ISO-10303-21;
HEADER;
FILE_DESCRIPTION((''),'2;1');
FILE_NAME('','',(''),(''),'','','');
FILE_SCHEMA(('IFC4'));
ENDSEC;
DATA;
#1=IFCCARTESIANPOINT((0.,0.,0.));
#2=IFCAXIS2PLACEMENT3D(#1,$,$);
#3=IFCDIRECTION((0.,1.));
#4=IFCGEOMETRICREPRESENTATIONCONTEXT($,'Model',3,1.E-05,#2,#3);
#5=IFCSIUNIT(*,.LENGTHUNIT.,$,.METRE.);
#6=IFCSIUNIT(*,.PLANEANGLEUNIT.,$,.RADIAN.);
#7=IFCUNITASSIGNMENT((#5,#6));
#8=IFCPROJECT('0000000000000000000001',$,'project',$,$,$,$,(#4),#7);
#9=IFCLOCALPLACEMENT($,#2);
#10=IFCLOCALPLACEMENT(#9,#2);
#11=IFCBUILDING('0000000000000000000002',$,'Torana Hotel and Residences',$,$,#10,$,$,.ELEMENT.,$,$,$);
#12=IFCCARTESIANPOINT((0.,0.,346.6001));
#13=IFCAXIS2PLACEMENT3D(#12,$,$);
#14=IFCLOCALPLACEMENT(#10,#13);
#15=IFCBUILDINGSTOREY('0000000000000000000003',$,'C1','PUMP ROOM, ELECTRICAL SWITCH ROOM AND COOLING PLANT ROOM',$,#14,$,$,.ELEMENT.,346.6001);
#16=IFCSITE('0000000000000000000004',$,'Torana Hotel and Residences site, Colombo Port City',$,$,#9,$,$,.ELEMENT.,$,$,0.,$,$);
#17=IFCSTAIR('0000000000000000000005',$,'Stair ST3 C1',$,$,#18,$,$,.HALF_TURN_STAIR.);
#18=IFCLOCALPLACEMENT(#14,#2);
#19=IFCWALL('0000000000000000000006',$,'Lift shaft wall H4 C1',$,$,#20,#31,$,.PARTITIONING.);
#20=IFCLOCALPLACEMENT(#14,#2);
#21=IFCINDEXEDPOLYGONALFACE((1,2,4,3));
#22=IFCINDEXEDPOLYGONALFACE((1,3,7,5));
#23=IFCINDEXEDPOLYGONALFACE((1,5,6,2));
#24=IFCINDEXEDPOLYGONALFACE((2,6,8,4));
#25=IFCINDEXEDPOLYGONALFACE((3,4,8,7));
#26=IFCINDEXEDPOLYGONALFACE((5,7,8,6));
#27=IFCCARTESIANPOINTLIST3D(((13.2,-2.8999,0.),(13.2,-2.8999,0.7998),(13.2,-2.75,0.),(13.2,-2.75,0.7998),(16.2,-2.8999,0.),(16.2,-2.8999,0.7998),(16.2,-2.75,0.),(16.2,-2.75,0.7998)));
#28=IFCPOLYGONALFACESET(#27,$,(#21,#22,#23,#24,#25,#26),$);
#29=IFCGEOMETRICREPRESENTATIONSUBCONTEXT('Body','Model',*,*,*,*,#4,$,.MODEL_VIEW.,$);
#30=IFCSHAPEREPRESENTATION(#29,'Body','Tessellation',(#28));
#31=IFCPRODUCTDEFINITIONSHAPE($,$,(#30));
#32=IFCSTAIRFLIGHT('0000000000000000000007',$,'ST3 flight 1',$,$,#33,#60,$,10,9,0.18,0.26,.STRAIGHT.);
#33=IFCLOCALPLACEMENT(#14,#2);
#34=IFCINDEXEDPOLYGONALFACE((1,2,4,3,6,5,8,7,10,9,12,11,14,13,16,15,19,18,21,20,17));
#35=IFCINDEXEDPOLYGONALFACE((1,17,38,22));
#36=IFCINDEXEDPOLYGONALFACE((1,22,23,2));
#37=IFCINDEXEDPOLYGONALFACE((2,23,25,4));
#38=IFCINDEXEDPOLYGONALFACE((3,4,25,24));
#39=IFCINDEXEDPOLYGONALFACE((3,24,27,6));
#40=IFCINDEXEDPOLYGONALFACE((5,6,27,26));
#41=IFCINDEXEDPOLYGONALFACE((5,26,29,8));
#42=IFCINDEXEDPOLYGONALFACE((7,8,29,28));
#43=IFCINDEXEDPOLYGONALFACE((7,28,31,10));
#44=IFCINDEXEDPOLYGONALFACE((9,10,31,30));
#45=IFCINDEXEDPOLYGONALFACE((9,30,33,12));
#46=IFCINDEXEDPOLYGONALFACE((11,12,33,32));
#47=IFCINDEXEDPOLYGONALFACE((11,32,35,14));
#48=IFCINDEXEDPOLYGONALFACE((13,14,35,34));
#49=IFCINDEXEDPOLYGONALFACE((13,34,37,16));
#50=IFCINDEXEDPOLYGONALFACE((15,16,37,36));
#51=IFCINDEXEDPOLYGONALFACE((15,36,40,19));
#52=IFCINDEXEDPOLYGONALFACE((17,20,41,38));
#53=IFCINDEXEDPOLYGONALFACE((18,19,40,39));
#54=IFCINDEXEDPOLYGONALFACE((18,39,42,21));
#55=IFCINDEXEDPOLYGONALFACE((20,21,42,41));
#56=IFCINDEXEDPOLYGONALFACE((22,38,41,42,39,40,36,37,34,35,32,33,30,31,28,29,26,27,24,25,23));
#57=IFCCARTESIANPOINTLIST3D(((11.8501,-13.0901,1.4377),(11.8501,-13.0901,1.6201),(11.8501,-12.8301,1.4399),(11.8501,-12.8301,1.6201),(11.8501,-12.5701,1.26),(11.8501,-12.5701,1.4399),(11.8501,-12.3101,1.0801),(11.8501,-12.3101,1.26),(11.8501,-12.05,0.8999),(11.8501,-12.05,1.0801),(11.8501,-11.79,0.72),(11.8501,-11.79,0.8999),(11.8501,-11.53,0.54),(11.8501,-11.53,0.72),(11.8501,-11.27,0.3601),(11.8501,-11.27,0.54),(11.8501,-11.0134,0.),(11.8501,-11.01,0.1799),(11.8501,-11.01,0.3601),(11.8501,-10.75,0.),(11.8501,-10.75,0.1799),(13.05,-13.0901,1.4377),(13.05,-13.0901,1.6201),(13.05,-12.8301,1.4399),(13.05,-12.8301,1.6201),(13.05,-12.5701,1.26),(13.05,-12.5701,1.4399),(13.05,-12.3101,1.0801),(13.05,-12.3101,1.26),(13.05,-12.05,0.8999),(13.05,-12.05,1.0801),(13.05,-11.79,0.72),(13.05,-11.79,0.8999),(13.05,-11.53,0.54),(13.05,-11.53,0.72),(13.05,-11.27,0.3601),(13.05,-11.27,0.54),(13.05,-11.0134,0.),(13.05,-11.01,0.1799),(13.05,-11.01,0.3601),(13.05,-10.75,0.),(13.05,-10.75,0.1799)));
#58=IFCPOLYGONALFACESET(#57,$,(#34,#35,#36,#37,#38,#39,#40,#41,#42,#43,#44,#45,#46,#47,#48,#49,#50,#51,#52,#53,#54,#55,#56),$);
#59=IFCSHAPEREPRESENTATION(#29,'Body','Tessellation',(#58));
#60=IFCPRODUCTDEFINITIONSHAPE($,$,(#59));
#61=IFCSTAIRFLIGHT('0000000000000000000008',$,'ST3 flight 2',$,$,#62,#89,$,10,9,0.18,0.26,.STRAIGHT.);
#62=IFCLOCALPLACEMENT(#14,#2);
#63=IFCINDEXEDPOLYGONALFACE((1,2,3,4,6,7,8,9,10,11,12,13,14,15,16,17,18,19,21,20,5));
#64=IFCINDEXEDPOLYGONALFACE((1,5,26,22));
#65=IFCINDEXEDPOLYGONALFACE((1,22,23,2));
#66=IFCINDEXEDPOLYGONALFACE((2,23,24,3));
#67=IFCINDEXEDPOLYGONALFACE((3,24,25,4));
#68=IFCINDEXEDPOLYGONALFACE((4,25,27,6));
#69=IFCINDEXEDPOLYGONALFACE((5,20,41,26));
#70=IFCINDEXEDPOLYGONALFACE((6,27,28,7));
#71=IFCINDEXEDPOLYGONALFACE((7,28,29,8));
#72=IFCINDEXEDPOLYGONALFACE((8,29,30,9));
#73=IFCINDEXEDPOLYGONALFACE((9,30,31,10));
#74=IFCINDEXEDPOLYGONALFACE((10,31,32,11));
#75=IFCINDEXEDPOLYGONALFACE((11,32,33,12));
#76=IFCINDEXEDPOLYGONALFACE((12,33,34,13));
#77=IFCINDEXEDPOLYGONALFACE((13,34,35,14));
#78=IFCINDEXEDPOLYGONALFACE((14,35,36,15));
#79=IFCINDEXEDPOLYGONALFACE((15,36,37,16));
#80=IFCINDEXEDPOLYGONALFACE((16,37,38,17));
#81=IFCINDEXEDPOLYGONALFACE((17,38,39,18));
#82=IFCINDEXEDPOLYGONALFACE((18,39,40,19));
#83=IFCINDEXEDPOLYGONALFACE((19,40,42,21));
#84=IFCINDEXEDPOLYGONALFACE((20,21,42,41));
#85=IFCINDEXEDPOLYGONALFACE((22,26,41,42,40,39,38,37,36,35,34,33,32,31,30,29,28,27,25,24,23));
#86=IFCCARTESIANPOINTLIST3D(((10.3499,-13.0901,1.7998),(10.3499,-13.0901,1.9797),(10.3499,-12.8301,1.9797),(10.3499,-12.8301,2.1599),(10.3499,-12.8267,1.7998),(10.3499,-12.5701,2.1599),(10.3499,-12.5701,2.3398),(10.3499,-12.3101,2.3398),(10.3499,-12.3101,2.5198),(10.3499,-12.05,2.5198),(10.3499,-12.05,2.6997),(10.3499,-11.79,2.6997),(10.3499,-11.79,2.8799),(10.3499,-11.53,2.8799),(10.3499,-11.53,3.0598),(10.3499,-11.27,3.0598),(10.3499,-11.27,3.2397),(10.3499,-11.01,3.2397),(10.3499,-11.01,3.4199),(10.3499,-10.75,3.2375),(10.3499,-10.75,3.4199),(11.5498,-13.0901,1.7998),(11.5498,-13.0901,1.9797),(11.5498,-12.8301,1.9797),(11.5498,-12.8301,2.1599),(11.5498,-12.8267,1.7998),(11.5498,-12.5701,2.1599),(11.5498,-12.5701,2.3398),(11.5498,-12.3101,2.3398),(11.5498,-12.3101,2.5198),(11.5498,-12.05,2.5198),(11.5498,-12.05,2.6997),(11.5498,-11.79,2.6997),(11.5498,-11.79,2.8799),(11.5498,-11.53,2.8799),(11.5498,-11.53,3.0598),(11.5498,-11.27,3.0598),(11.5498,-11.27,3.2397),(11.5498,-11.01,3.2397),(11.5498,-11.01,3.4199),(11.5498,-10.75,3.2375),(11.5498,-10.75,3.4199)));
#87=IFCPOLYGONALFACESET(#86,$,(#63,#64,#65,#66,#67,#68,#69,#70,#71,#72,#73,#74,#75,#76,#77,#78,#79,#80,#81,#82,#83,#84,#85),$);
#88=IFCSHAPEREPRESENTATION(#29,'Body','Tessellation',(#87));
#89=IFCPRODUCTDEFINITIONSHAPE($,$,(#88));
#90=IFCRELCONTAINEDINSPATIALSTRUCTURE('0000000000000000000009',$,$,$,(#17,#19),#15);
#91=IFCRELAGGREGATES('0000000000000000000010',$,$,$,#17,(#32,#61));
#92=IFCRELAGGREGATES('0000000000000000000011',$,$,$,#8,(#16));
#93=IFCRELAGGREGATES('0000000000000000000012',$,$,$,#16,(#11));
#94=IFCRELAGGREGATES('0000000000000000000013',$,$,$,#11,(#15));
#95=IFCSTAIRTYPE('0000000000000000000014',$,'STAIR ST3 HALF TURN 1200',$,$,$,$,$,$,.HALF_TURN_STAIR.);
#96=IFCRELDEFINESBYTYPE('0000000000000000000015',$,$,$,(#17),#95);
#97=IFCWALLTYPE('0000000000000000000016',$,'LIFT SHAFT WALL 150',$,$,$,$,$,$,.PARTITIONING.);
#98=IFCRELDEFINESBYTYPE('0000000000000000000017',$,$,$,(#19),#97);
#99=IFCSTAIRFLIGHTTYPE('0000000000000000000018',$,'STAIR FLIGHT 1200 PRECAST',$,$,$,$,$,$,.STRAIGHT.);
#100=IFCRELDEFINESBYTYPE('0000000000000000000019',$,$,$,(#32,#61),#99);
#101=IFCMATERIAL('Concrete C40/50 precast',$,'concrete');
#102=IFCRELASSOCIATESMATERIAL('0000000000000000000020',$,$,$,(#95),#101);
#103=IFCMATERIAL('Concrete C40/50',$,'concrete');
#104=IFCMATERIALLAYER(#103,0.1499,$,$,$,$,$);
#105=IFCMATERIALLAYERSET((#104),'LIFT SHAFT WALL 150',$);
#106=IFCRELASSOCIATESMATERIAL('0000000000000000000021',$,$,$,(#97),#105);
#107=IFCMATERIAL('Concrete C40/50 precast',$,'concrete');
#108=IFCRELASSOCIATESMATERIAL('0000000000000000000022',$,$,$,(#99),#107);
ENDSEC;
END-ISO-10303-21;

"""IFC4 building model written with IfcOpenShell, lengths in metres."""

from ifc_helpers import new_model, si_unit, direction, frame, frame_2d, origin, place, context, subcontext, project, spatial, polyline, rectangle, outline, extrude, material, layer, layer_set, type_object, element, aggregate, save


model = new_model("IFC4")

# Units and contexts
model_context = context("Model", 3, precision=1e-05, world=origin(), true_north=direction((0.0, 1.0)))
body_context = subcontext(model_context, "Body", "Model", "MODEL_VIEW")
ifc_project = project(units=[si_unit("LENGTHUNIT", "METRE"), si_unit("PLANEANGLEUNIT", "RADIAN")], contexts=[model_context])

# Site, building, storey
site_placement = place(None, origin())
site = spatial("IfcSite", under=ifc_project, at=site_placement, Name="Torana Hotel and Residences site, Colombo Port City", CompositionType="ELEMENT", RefElevation=0.0)
building_placement = place(site_placement, origin())
building = spatial("IfcBuilding", under=site, at=building_placement, Name="Torana Hotel and Residences", CompositionType="ELEMENT")
storey_placement = place(building_placement, frame((0.0, 0.0, 346.6001)))
storey = spatial("IfcBuildingStorey", under=building, at=storey_placement, Name="C1", Description="PUMP ROOM, ELECTRICAL SWITCH ROOM AND COOLING PLANT ROOM", CompositionType="ELEMENT", Elevation=346.6001)

# Stair
ifc_material_1 = material(Name="Concrete C40/50 precast", Category="concrete")
stair_type_1 = type_object("IfcStairType", Name="STAIR ST3 HALF TURN 1200", PredefinedType="HALF_TURN_STAIR", material=ifc_material_1)
stair_1_placement = place(storey_placement, origin())
stair_1 = element("IfcStair", 1, at=stair_1_placement, inside=storey, type_object=stair_type_1, Name="Stair ST3 C1", PredefinedType="HALF_TURN_STAIR")

# Wall
ifc_material_2 = material(Name="Concrete C40/50", Category="concrete")
ifc_layer_1 = layer(ifc_material_2, 0.1499)
ifc_layer_set_1 = layer_set([ifc_layer_1], Name="LIFT SHAFT WALL 150")
wall_type_1 = type_object("IfcWallType", Name="LIFT SHAFT WALL 150", PredefinedType="PARTITIONING", material=ifc_layer_set_1)
wall_1_placement = place(storey_placement, frame((13.2, -2.825, 0.0), z_axis=(0.0, 0.0, 1.0), x_axis=(1.0, 0.0, 0.0)))
element("IfcWall", 2, at=wall_1_placement, inside=storey, type_object=wall_type_1, Name="Lift shaft wall H4 C1", PredefinedType="PARTITIONING", context=body_context, shape_type="SweptSolid", body=[
    extrude(rectangle(XDim=3.0, YDim=0.1499, at=frame_2d((1.5, 0.0))), origin(), (0.0, 0.0, 1.0), 0.7998),
])

# Stair flights
ifc_material_3 = material(Name="Concrete C40/50 precast", Category="concrete")
stair_flight_type = type_object("IfcStairFlightType", Name="STAIR FLIGHT 1200 PRECAST", PredefinedType="STRAIGHT", material=ifc_material_3)
stair_flight_1_placement = place(storey_placement, frame((12.45, -10.75, 0.0), z_axis=(0.0, 0.0, 1.0), x_axis=(0.0, -1.0, 0.0)))
stair_flight_1 = element("IfcStairFlight", 3, at=stair_flight_1_placement, type_object=stair_flight_type, Name="ST3 flight 1", NumberOfRisers=10, NumberOfTreads=9, PredefinedType="STRAIGHT", RiserHeight=0.18, TreadLength=0.26, context=body_context, shape_type="SweptSolid", body=[
    extrude(outline(polyline([(0.0, 0.0), (0.0, 0.1799), (0.26, 0.1799), (0.26, 0.3601), (0.52, 0.3601), (0.52, 0.54), (0.78, 0.54), (0.78, 0.72), (1.04, 0.72), (1.04, 0.8999), (1.3, 0.8999), (1.3, 1.0801), (1.5601, 1.0801), (1.5601, 1.26), (1.8201, 1.26), (1.8201, 1.4399), (2.0801, 1.4399), (2.0801, 1.6201), (2.3401, 1.6201), (2.3401, 1.8), (2.3401, 1.4377), (0.2634, 0.0), (0.0, 0.0)])), frame((0.0, 0.6001, 0.0), z_axis=(0.0, -1.0, 0.0), x_axis=(1.0, 0.0, 0.0)), (0.0, 0.0, 1.0), 1.2),
])
stair_flight_2_placement = place(storey_placement, frame((10.95, -13.0901, 1.7998), z_axis=(0.0, 0.0, 1.0), x_axis=(0.0, 1.0, 0.0)))
stair_flight_2 = element("IfcStairFlight", 4, at=stair_flight_2_placement, type_object=stair_flight_type, Name="ST3 flight 2", NumberOfRisers=10, NumberOfTreads=9, PredefinedType="STRAIGHT", RiserHeight=0.18, TreadLength=0.26, context=body_context, shape_type="SweptSolid", body=[
    extrude(outline(polyline([(0.0, 0.0), (0.0, 0.1799), (0.26, 0.1799), (0.26, 0.3601), (0.52, 0.3601), (0.52, 0.54), (0.78, 0.54), (0.78, 0.72), (1.04, 0.72), (1.04, 0.8999), (1.3, 0.8999), (1.3, 1.0801), (1.5601, 1.0801), (1.5601, 1.26), (1.8201, 1.26), (1.8201, 1.4399), (2.0801, 1.4399), (2.0801, 1.6201), (2.3401, 1.6201), (2.3401, 1.8), (2.3401, 1.4377), (0.2634, 0.0), (0.0, 0.0)])), frame((0.0, 0.6001, 0.0), z_axis=(0.0, -1.0, 0.0), x_axis=(1.0, 0.0, 0.0)), (0.0, 0.0, 1.0), 1.2),
])
aggregate(stair_1, [stair_flight_1, stair_flight_2])

save(model, "model.ifc")
